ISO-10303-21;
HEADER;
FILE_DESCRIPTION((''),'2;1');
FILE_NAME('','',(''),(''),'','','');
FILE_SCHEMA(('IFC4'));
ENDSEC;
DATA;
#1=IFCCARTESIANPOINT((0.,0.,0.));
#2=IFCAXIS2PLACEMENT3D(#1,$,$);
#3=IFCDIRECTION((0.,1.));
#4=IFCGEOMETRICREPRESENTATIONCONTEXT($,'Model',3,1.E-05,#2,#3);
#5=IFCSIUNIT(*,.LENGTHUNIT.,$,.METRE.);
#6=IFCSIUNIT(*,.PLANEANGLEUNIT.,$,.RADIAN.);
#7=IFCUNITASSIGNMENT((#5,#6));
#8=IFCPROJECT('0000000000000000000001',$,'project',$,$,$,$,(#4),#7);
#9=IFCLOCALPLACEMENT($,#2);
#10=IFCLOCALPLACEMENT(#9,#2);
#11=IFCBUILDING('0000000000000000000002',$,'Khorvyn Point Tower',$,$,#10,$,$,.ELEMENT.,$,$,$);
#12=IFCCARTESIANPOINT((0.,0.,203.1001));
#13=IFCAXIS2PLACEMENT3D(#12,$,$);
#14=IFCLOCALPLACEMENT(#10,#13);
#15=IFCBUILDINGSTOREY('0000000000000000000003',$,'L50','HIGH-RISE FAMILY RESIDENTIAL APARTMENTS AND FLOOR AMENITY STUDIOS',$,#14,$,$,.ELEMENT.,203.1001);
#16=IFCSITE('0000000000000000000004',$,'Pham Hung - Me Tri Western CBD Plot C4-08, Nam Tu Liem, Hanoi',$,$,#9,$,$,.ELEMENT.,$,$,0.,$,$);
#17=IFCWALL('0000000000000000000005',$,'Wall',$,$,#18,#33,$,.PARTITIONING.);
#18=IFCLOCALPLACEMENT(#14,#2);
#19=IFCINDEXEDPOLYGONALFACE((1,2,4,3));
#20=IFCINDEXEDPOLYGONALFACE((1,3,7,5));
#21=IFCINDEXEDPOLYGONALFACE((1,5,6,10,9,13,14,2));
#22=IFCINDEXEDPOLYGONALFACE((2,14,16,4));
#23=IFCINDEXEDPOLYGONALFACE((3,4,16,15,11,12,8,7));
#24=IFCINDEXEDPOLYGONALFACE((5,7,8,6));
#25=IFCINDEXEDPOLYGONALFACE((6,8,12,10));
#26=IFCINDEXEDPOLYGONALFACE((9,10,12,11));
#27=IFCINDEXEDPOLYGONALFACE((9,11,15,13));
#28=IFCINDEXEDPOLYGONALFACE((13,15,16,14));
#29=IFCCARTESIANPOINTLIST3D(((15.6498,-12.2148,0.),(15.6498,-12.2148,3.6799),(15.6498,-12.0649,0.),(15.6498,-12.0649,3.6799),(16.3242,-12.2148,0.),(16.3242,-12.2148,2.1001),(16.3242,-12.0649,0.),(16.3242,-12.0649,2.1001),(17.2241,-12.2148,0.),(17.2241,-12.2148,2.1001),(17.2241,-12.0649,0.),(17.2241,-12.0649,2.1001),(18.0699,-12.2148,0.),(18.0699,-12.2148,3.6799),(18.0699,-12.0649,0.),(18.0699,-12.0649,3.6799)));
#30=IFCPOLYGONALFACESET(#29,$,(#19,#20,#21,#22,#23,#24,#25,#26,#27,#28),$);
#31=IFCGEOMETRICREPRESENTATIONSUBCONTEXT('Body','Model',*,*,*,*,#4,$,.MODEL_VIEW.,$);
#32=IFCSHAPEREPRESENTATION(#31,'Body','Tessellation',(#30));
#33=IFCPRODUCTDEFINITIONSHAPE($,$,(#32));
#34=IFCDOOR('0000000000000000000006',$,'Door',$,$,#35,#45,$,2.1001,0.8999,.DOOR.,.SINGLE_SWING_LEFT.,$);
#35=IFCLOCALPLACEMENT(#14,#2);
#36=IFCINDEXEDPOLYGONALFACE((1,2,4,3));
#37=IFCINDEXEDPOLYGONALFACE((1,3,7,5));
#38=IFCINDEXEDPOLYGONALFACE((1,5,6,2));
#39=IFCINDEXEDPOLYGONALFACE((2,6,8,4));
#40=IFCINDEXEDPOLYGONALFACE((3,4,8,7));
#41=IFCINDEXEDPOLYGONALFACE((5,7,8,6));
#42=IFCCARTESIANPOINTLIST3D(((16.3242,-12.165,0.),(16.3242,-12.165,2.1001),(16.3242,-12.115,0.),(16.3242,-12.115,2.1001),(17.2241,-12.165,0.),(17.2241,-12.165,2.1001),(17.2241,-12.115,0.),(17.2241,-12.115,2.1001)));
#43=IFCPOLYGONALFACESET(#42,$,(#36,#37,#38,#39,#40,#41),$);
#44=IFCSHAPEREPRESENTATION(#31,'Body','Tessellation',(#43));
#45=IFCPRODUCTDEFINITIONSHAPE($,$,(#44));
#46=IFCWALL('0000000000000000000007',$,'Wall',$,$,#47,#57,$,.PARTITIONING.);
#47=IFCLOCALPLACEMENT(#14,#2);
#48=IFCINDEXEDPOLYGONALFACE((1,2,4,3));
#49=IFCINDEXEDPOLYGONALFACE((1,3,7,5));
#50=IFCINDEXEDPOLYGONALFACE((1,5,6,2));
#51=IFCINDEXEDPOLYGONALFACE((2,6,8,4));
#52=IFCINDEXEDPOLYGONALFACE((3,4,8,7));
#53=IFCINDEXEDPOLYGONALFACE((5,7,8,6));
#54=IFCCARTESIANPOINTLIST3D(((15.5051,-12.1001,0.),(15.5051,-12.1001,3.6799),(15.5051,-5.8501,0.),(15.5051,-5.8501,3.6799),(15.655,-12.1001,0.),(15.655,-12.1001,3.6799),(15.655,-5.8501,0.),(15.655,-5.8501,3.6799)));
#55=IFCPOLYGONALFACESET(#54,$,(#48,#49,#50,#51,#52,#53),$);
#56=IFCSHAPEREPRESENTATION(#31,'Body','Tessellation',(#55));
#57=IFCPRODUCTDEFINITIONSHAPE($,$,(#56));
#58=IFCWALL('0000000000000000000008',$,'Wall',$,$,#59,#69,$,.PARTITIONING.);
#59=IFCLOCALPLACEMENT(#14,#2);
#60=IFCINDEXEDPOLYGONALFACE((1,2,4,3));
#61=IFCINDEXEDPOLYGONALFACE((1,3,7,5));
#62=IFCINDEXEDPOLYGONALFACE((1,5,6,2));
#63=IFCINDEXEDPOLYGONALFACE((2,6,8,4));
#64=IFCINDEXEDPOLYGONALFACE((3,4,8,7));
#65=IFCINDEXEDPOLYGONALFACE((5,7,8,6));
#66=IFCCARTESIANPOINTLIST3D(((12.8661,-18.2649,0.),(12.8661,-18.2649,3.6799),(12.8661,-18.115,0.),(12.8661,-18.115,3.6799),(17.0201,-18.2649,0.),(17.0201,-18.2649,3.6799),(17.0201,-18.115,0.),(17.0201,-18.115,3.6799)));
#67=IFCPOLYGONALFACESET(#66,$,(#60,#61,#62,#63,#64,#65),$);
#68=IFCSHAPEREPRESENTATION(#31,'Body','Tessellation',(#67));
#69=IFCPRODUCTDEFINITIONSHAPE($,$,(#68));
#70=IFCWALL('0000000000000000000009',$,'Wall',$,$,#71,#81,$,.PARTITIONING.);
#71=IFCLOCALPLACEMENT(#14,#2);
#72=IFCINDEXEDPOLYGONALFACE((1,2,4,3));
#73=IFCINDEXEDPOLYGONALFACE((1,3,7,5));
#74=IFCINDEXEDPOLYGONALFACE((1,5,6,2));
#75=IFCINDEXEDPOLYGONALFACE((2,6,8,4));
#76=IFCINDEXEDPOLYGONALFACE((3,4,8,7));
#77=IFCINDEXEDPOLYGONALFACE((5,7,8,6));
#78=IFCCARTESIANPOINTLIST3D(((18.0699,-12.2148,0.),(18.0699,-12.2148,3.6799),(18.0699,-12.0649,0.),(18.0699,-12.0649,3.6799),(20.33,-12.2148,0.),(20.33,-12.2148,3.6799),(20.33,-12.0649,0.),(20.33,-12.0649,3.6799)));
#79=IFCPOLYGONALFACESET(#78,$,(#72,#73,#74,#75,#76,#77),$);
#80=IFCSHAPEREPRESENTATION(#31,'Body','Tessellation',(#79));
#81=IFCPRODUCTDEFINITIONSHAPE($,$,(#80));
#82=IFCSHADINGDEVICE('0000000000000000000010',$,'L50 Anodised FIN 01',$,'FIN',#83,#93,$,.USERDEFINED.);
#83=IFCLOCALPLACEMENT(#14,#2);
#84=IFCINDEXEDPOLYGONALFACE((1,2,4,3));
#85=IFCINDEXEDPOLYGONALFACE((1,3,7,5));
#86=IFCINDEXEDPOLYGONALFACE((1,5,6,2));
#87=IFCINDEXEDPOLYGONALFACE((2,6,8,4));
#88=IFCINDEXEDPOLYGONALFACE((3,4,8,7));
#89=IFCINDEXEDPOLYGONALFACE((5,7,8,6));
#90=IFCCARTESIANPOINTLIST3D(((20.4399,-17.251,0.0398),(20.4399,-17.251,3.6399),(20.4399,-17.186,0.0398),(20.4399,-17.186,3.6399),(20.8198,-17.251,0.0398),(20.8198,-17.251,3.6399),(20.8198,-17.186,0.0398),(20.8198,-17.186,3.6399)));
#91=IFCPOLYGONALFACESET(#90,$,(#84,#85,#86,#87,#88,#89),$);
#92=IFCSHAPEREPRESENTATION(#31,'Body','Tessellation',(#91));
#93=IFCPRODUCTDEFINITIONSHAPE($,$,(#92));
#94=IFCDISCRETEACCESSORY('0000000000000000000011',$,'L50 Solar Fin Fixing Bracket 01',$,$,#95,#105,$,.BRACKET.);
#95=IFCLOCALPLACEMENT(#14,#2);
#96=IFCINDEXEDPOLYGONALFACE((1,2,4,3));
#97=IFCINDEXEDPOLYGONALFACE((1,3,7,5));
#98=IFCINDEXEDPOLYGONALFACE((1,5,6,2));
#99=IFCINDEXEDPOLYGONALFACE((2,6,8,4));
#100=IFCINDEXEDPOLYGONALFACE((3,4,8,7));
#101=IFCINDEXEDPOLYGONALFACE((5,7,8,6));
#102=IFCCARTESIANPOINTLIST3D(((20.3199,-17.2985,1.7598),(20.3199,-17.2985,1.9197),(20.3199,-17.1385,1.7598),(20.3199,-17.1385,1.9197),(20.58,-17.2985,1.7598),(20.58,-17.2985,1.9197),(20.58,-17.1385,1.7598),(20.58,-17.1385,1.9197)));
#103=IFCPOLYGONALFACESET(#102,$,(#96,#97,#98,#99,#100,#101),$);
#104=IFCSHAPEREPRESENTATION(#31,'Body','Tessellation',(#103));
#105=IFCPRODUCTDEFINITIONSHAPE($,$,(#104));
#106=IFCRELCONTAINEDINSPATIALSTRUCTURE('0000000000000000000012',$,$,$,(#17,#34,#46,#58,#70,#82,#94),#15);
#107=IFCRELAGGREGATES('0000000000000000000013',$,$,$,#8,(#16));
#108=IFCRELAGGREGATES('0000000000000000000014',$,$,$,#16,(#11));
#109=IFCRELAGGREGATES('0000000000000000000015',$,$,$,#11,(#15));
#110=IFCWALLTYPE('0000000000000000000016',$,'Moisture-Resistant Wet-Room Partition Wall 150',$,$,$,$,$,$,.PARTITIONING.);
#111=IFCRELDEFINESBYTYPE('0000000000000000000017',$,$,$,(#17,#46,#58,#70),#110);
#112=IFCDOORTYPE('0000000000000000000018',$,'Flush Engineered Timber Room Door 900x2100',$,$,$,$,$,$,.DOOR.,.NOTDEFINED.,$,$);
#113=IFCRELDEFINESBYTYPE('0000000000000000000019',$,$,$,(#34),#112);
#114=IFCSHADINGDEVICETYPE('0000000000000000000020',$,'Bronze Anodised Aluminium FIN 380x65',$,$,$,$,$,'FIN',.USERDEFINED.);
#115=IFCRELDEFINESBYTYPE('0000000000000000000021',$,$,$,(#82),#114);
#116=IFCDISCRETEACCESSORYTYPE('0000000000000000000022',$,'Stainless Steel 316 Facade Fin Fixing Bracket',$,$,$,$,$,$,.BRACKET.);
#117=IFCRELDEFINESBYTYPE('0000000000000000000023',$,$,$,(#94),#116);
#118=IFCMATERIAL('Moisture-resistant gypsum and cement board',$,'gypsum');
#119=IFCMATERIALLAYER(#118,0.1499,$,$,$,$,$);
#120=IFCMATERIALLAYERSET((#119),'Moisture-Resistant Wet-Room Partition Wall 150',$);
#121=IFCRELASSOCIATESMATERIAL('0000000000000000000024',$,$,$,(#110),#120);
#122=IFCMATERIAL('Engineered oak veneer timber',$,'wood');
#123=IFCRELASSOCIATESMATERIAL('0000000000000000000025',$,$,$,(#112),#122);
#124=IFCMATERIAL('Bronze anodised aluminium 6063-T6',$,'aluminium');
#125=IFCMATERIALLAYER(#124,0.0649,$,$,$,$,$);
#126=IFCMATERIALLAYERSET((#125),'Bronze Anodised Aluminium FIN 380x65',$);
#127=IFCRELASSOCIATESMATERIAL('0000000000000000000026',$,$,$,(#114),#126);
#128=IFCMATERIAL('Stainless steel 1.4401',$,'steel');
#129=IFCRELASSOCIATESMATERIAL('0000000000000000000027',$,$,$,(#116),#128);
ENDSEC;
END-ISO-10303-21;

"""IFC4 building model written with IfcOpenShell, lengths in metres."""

from ifc_helpers import new_model, si_unit, direction, frame, frame_2d, origin, origin_2d, place, context, subcontext, project, spatial, rectangle, extrude, material, layer, layer_set, type_object, element, fill, save


model = new_model("IFC4")

# Units and contexts
model_context = context("Model", 3, precision=1e-05, world=origin(), true_north=direction((0.0, 1.0)))
body_context = subcontext(model_context, "Body", "Model", "MODEL_VIEW")
ifc_project = project(units=[si_unit("LENGTHUNIT", "METRE"), si_unit("PLANEANGLEUNIT", "RADIAN")], contexts=[model_context])

# Site, building, storey
site_placement = place(None, origin())
site = spatial("IfcSite", under=ifc_project, at=site_placement, Name="Pham Hung - Me Tri Western CBD Plot C4-08, Nam Tu Liem, Hanoi", CompositionType="ELEMENT", RefElevation=0.0)
building_placement = place(site_placement, origin())
building = spatial("IfcBuilding", under=site, at=building_placement, Name="Khorvyn Point Tower", CompositionType="ELEMENT")
storey_placement = place(building_placement, frame((0.0, 0.0, 203.1001)))
storey = spatial("IfcBuildingStorey", under=building, at=storey_placement, Name="L50", Description="HIGH-RISE FAMILY RESIDENTIAL APARTMENTS AND FLOOR AMENITY STUDIOS", CompositionType="ELEMENT", Elevation=203.1001)

# Wall, opening, door
ifc_material_1 = material(Name="Moisture-resistant gypsum and cement board", Category="gypsum")
ifc_layer_1 = layer(ifc_material_1, 0.1499)
ifc_layer_set_1 = layer_set([ifc_layer_1], Name="Moisture-Resistant Wet-Room Partition Wall 150")
wall_type_1 = type_object("IfcWallType", Name="Moisture-Resistant Wet-Room Partition Wall 150", PredefinedType="PARTITIONING", material=ifc_layer_set_1)
wall_1_placement = place(storey_placement, frame((15.6499, -12.1399, 0.0), z_axis=(0.0, 0.0, 1.0), x_axis=(1.0, 0.0, 0.0)))
wall_1 = element("IfcWall", 1, at=wall_1_placement, inside=storey, type_object=wall_type_1, Name="Wall", PredefinedType="PARTITIONING", context=body_context, shape_type="SweptSolid", body=[
    extrude(rectangle(XDim=2.4202, YDim=0.1499, at=frame_2d((1.21, 0.0))), origin(), (0.0, 0.0, 1.0), 3.6799),
])
opening_1_placement = place(wall_1_placement, frame((0.6743, 0.0, 0.0)))
opening_1 = element("IfcOpeningElement", 2, at=opening_1_placement, cuts=wall_1, PredefinedType="OPENING", context=body_context, shape_type="SweptSolid", body=[
    extrude(rectangle(XDim=0.8999, YDim=2.1001, at=frame_2d((0.45, 1.05))), frame((0.0, 0.085, 0.0), z_axis=(0.0, -1.0, 0.0), x_axis=(1.0, 0.0, 0.0)), (0.0, 0.0, 1.0), 0.1699),
])
ifc_material_2 = material(Name="Engineered oak veneer timber", Category="wood")
door_type_1 = type_object("IfcDoorType", Name="Flush Engineered Timber Room Door 900x2100", OperationType="NOTDEFINED", PredefinedType="DOOR", material=ifc_material_2)
door_1_placement = place(opening_1_placement, origin())
door_1 = element("IfcDoor", 3, at=door_1_placement, inside=storey, type_object=door_type_1, Name="Door", OperationType="SINGLE_SWING_LEFT", OverallHeight=2.1001, OverallWidth=0.8999, PredefinedType="DOOR", context=body_context, shape_type="SweptSolid", body=[
    extrude(rectangle(XDim=0.8999, YDim=2.1001, at=frame_2d((0.45, 1.05))), frame((0.0, 0.0249, 0.0), z_axis=(0.0, -1.0, 0.0), x_axis=(1.0, 0.0, 0.0)), (0.0, 0.0, 1.0), 0.05),
])
fill(opening_1, door_1)

# Walls
wall_2_placement = place(storey_placement, frame((15.5801, -12.1001, 0.0), z_axis=(0.0, 0.0, 1.0), x_axis=(0.0, 1.0, 0.0)))
element("IfcWall", 4, at=wall_2_placement, inside=storey, type_object=wall_type_1, Name="Wall", PredefinedType="PARTITIONING", context=body_context, shape_type="SweptSolid", body=[
    extrude(rectangle(XDim=6.25, YDim=0.1499, at=frame_2d((3.125, 0.0))), origin(), (0.0, 0.0, 1.0), 3.6799),
])
wall_3_placement = place(storey_placement, frame((12.866, -18.1899, 0.0), z_axis=(0.0, 0.0, 1.0), x_axis=(1.0, 0.0, 0.0)))
element("IfcWall", 5, at=wall_3_placement, inside=storey, type_object=wall_type_1, Name="Wall", PredefinedType="PARTITIONING", context=body_context, shape_type="SweptSolid", body=[
    extrude(rectangle(XDim=4.1541, YDim=0.1499, at=frame_2d((2.0771, 0.0))), origin(), (0.0, 0.0, 1.0), 3.6799),
])
wall_4_placement = place(storey_placement, frame((18.0701, -12.1399, 0.0), z_axis=(0.0, 0.0, 1.0), x_axis=(1.0, 0.0, 0.0)))
element("IfcWall", 6, at=wall_4_placement, inside=storey, type_object=wall_type_1, Name="Wall", PredefinedType="PARTITIONING", context=body_context, shape_type="SweptSolid", body=[
    extrude(rectangle(XDim=2.26, YDim=0.1499, at=frame_2d((1.1299, 0.0))), origin(), (0.0, 0.0, 1.0), 3.6799),
])

# Shading device
ifc_material_3 = material(Name="Bronze anodised aluminium 6063-T6", Category="aluminium")
ifc_layer_2 = layer(ifc_material_3, 0.0649)
ifc_layer_set_2 = layer_set([ifc_layer_2], Name="Bronze Anodised Aluminium FIN 380x65")
shading_device_type = type_object("IfcShadingDeviceType", Name="Bronze Anodised Aluminium FIN 380x65", ElementType="FIN", PredefinedType="USERDEFINED", material=ifc_layer_set_2)
shading_device_placement = place(storey_placement, frame((20.6299, -17.2185, 0.0398), z_axis=(0.0, 0.0, 1.0), x_axis=(1.0, 0.0, 0.0)))
element("IfcShadingDevice", 7, at=shading_device_placement, inside=storey, type_object=shading_device_type, Name="L50 Anodised FIN 01", ObjectType="FIN", PredefinedType="USERDEFINED", context=body_context, shape_type="SweptSolid", body=[
    extrude(rectangle(XDim=0.3799, YDim=0.0649, at=origin_2d()), origin(), (0.0, 0.0, 1.0), 3.6001),
])

# Discrete accessory
ifc_material_4 = material(Name="Stainless steel 1.4401", Category="steel")
discrete_accessory_type = type_object("IfcDiscreteAccessoryType", Name="Stainless Steel 316 Facade Fin Fixing Bracket", PredefinedType="BRACKET", material=ifc_material_4)
discrete_accessory_placement = place(storey_placement, frame((20.45, -17.2185, 1.7598), z_axis=(0.0, 0.0, 1.0), x_axis=(0.0, -1.0, 0.0)))
element("IfcDiscreteAccessory", 8, at=discrete_accessory_placement, inside=storey, type_object=discrete_accessory_type, Name="L50 Solar Fin Fixing Bracket 01", PredefinedType="BRACKET", context=body_context, shape_type="SweptSolid", body=[
    extrude(rectangle(XDim=0.1599, YDim=0.26, at=origin_2d()), origin(), (0.0, 0.0, 1.0), 0.1599),
])

save(model, "model.ifc")
